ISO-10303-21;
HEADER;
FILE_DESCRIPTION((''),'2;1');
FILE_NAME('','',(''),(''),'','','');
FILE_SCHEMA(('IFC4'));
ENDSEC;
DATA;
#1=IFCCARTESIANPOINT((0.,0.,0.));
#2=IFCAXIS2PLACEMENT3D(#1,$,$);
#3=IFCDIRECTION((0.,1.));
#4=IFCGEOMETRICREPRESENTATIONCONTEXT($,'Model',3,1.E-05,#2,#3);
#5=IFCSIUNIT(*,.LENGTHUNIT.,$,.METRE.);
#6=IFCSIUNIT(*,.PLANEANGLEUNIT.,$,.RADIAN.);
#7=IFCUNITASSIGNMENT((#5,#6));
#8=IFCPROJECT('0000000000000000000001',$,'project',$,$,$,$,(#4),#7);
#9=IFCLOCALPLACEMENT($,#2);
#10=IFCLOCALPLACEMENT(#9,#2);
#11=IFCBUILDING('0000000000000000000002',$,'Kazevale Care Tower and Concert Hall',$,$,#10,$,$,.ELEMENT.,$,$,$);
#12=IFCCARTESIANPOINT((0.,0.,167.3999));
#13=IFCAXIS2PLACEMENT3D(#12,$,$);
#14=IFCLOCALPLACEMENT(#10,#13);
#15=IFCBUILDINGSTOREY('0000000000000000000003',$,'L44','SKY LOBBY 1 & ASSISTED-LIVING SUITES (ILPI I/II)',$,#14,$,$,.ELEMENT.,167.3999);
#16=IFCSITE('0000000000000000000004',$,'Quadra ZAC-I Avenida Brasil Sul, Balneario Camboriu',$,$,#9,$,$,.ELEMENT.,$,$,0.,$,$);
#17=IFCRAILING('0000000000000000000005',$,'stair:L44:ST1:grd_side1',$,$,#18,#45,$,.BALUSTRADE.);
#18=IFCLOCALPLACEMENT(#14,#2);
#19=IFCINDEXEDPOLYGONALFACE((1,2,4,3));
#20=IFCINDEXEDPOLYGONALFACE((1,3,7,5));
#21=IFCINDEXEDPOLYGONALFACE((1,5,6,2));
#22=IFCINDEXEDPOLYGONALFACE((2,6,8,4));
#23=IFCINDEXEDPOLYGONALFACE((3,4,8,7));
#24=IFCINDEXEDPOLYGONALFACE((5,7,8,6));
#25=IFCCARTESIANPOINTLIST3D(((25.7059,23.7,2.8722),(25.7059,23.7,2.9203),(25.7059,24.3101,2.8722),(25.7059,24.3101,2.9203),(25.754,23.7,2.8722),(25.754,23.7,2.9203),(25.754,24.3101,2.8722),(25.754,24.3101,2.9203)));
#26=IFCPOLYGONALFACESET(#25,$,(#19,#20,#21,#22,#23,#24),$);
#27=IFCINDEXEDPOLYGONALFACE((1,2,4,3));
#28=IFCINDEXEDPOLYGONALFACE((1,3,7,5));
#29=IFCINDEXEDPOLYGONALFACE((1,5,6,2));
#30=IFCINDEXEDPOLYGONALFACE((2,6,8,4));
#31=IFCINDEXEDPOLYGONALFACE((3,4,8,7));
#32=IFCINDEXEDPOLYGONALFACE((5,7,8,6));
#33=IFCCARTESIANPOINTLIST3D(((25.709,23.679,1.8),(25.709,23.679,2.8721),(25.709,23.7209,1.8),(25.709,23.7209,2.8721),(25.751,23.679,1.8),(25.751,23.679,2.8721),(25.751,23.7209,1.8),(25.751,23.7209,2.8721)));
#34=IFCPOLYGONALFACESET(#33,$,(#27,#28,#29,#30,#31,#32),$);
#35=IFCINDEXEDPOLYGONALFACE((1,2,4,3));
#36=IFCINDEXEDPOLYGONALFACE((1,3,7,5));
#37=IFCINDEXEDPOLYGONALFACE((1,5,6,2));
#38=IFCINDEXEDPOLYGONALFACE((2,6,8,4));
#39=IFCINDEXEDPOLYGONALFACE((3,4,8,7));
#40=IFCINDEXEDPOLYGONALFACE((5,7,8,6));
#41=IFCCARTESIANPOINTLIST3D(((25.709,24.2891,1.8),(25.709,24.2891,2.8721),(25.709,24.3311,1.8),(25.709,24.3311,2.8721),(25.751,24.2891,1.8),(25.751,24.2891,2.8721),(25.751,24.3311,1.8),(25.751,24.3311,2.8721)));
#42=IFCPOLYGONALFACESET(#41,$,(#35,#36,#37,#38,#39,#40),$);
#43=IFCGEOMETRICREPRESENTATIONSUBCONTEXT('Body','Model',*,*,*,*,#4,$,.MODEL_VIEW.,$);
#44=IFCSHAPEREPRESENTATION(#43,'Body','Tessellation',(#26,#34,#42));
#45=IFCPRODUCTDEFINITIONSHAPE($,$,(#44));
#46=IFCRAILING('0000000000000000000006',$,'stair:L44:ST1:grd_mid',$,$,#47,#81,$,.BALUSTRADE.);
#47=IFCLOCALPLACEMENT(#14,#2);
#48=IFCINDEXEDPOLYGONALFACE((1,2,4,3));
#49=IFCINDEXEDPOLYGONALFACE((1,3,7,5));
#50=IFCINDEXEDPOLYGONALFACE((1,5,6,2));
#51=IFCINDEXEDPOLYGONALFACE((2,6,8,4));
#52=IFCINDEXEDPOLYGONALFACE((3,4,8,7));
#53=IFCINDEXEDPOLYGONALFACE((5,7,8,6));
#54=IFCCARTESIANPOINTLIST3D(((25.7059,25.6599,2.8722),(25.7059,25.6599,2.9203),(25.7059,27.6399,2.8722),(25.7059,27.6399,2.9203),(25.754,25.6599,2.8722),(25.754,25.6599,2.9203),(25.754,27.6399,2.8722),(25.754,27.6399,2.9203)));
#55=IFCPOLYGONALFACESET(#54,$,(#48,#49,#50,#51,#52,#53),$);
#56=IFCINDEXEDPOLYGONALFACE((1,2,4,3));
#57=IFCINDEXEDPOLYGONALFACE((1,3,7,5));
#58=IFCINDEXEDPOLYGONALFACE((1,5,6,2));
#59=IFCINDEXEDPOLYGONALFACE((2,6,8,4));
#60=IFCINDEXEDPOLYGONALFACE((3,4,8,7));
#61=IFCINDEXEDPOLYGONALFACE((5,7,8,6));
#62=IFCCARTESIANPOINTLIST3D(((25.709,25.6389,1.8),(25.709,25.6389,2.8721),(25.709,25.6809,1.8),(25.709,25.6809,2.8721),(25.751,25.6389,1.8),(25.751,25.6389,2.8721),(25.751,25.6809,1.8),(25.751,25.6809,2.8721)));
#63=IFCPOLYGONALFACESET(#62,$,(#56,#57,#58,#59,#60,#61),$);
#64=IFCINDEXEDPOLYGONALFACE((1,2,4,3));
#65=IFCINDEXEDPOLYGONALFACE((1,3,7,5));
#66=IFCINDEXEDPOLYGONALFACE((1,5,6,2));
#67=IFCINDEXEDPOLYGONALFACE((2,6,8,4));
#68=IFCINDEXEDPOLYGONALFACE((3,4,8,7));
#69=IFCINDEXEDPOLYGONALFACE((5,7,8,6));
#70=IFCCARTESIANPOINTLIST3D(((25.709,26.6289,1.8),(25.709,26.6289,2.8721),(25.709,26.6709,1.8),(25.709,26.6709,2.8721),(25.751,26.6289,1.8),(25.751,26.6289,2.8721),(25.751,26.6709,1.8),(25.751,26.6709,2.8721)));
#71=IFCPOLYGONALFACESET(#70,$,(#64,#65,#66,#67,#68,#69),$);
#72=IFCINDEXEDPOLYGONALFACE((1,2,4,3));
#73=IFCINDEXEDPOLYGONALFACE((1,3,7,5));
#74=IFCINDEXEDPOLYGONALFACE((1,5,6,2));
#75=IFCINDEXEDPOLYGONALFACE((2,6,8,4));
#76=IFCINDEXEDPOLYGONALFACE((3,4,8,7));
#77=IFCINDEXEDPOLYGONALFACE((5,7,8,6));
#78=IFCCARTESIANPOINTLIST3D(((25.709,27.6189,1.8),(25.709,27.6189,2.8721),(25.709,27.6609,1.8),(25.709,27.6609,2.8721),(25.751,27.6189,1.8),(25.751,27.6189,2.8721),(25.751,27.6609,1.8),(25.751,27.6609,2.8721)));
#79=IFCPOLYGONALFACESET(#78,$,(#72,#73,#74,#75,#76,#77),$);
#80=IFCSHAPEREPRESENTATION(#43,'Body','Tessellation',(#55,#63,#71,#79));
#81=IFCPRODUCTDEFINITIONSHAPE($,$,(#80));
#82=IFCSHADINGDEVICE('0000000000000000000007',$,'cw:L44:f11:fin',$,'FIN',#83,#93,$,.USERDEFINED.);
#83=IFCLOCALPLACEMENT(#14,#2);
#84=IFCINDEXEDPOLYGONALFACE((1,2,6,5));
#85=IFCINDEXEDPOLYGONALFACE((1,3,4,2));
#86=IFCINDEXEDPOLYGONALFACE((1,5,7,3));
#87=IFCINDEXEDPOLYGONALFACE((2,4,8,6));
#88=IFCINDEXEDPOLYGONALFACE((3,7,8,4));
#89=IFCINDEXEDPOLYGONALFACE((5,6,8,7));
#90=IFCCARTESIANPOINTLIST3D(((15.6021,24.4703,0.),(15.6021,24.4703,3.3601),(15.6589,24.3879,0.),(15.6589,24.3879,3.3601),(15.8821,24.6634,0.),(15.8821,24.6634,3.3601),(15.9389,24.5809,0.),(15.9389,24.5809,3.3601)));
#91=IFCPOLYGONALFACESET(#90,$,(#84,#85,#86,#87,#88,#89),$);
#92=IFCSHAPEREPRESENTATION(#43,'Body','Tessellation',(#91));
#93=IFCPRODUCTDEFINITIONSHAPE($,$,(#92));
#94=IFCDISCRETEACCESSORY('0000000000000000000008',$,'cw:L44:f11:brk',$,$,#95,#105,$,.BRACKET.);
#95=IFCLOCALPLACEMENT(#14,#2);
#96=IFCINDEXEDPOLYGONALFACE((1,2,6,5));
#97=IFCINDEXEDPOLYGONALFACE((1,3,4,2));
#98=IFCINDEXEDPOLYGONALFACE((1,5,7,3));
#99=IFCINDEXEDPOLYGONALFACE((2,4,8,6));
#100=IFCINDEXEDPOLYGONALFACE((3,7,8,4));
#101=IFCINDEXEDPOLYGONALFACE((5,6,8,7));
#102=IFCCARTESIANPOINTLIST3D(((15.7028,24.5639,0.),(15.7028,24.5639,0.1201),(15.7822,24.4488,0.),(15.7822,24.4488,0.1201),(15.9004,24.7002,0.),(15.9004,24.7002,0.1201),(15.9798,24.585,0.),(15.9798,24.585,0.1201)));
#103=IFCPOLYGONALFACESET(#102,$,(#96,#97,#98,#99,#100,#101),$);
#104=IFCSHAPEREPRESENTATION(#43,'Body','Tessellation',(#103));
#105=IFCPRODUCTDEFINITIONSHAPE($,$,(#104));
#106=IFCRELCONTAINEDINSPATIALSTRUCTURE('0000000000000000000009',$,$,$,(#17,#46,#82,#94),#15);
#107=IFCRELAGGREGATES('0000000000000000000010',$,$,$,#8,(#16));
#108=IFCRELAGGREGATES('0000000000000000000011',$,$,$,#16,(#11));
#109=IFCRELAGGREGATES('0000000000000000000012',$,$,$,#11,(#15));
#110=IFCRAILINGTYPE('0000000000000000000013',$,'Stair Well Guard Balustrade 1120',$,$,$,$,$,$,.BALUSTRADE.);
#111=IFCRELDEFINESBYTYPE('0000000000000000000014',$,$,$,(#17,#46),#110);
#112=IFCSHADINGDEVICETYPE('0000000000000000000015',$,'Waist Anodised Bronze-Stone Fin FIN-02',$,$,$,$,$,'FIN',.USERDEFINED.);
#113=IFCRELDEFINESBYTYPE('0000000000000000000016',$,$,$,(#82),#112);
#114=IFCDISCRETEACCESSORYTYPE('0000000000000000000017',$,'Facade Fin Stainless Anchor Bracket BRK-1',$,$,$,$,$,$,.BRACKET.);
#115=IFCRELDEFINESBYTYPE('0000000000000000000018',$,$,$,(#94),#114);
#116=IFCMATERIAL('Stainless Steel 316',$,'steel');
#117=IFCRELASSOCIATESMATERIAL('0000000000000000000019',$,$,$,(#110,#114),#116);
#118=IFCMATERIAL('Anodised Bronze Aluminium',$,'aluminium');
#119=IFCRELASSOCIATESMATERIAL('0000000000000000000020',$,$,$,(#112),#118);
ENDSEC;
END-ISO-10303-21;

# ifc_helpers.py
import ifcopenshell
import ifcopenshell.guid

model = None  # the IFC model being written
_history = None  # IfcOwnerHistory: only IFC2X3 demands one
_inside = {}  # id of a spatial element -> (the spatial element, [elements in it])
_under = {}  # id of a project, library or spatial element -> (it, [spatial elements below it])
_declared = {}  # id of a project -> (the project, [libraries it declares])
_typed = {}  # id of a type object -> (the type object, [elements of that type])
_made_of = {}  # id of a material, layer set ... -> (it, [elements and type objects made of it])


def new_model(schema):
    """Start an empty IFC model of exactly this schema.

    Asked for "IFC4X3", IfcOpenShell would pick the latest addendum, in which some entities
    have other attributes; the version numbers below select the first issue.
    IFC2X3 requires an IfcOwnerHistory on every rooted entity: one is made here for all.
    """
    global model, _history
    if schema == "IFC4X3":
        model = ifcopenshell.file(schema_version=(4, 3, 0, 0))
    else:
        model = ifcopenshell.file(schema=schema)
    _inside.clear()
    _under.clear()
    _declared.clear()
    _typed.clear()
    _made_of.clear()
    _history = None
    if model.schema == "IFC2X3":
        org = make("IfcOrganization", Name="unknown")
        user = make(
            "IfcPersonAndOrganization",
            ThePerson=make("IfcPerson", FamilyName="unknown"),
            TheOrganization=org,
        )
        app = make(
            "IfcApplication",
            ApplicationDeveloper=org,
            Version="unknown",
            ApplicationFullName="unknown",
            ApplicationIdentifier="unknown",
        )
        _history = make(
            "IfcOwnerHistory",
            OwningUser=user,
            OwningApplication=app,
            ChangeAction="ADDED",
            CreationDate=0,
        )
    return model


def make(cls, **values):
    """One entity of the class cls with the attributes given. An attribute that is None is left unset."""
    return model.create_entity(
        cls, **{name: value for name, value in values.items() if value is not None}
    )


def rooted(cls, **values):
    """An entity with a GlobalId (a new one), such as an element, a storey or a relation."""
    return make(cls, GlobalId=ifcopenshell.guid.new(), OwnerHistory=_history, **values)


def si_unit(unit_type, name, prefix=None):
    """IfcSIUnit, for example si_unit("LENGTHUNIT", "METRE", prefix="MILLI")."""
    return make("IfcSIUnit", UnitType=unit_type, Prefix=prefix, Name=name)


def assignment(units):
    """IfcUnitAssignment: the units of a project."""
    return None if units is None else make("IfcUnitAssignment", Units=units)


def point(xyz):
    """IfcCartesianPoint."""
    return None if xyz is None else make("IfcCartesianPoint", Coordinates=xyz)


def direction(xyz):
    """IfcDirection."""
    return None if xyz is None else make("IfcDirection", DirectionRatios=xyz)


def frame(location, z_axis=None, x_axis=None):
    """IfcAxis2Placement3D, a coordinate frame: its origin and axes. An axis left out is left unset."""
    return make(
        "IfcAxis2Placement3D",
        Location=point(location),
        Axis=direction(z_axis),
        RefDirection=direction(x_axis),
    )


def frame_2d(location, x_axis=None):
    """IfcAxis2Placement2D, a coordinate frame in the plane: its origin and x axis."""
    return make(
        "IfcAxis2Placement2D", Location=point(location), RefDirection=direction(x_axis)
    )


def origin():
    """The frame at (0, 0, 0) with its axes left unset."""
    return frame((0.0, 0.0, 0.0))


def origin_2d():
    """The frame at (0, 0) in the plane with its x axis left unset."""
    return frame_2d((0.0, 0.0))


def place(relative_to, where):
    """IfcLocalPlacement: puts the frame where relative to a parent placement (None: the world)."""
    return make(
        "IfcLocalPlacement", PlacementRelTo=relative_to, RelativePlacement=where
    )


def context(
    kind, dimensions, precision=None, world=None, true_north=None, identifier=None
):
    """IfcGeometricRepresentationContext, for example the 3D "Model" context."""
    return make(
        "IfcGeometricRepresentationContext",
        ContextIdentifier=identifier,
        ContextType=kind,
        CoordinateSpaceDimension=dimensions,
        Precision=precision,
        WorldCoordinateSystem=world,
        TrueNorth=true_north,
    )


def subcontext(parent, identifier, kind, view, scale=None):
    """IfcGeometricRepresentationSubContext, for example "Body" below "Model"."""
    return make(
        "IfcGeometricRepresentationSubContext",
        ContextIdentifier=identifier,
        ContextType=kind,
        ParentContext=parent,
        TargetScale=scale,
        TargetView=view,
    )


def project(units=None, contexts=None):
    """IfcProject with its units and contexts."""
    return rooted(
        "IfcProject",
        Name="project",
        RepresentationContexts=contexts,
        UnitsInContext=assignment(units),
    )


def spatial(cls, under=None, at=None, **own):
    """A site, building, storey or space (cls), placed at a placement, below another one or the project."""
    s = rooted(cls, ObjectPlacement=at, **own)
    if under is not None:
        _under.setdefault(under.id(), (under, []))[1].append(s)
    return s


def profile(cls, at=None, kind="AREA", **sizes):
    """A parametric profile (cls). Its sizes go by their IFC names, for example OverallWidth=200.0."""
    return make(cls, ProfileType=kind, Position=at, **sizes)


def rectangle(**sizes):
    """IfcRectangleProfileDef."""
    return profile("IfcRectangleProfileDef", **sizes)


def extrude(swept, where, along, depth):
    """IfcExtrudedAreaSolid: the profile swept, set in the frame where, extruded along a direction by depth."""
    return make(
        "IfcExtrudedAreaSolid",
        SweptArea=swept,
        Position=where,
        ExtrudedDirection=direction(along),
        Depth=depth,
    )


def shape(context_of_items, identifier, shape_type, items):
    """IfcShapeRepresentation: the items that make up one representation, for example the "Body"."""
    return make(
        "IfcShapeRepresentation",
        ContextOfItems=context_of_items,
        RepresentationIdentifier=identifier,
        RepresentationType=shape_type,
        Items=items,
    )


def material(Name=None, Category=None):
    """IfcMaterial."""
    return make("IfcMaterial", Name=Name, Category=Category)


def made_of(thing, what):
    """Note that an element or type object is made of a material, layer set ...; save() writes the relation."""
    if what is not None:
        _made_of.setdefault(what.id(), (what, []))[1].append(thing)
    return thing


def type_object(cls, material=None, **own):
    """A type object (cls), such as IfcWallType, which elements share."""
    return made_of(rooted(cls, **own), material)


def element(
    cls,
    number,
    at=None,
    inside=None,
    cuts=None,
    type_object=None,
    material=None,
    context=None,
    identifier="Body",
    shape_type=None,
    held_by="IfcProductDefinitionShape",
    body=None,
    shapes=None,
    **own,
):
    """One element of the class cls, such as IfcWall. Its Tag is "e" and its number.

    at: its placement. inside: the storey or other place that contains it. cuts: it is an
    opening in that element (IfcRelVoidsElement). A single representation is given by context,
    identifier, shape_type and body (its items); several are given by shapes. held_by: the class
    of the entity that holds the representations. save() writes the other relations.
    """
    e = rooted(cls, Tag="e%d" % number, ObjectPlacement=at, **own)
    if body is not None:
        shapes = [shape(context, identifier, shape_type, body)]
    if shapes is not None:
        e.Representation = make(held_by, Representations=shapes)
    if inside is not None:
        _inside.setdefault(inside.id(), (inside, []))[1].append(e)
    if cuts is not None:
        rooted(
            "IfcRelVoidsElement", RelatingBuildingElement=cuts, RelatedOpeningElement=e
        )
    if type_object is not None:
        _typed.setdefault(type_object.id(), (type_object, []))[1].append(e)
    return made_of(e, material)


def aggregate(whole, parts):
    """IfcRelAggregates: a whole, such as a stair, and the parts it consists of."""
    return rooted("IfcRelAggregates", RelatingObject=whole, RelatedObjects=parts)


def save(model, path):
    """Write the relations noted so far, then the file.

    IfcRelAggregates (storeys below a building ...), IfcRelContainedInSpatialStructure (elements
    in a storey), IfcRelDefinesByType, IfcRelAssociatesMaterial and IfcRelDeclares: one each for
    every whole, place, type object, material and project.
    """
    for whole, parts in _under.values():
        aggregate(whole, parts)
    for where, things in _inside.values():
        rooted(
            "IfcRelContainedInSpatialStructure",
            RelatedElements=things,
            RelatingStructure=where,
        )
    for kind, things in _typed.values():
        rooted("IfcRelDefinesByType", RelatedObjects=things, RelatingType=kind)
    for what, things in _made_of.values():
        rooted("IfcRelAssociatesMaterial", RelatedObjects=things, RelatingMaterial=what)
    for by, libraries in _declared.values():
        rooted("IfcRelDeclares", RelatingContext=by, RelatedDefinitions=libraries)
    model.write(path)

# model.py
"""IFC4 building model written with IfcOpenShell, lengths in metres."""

from ifc_helpers import new_model, si_unit, direction, frame, origin, origin_2d, place, context, subcontext, project, spatial, rectangle, extrude, material, type_object, element, save


model = new_model("IFC4")

# Units and contexts
model_context = context("Model", 3, precision=1e-05, world=origin(), true_north=direction((0.0, 1.0)))
body_context = subcontext(model_context, "Body", "Model", "MODEL_VIEW")
ifc_project = project(units=[si_unit("LENGTHUNIT", "METRE"), si_unit("PLANEANGLEUNIT", "RADIAN")], contexts=[model_context])

# Site, building, storey
site_placement = place(None, origin())
site = spatial("IfcSite", under=ifc_project, at=site_placement, Name="Quadra ZAC-I Avenida Brasil Sul, Balneario Camboriu", CompositionType="ELEMENT", RefElevation=0.0)
building_placement = place(site_placement, origin())
building = spatial("IfcBuilding", under=site, at=building_placement, Name="Kazevale Care Tower and Concert Hall", CompositionType="ELEMENT")
storey_placement = place(building_placement, frame((0.0, 0.0, 167.3999)))
storey = spatial("IfcBuildingStorey", under=building, at=storey_placement, Name="L44", Description="SKY LOBBY 1 & ASSISTED-LIVING SUITES (ILPI I/II)", CompositionType="ELEMENT", Elevation=167.3999)

# Railings
ifc_material_1 = material(Name="Stainless Steel 316", Category="steel")
railing_type_1 = type_object("IfcRailingType", Name="Stair Well Guard Balustrade 1120", PredefinedType="BALUSTRADE", material=ifc_material_1)
railing_1_placement = place(storey_placement, frame((25.73, 23.7, 1.8)))
element("IfcRailing", 1, at=railing_1_placement, inside=storey, type_object=railing_type_1, Name="stair:L44:ST1:grd_side1", PredefinedType="BALUSTRADE", context=body_context, shape_type="SweptSolid", body=[
    extrude(rectangle(XDim=0.0481, YDim=0.0481, at=origin_2d()), frame((0.0, 0.0, 1.0962), z_axis=(0.0, 1.0, 0.0), x_axis=(-1.0, 0.0, 0.0)), (0.0, 0.0, 1.0), 0.6101),
    extrude(rectangle(XDim=0.042, YDim=0.042, at=origin_2d()), origin(), (0.0, 0.0, 1.0), 1.072),
    extrude(rectangle(XDim=0.042, YDim=0.042, at=origin_2d()), frame((0.0, 0.6101, 0.0)), (0.0, 0.0, 1.0), 1.072),
])
railing_2_placement = place(storey_placement, frame((25.73, 25.6599, 1.8)))
element("IfcRailing", 2, at=railing_2_placement, inside=storey, type_object=railing_type_1, Name="stair:L44:ST1:grd_mid", PredefinedType="BALUSTRADE", context=body_context, shape_type="SweptSolid", body=[
    extrude(rectangle(XDim=0.0481, YDim=0.0481, at=origin_2d()), frame((0.0, 0.0, 1.0962), z_axis=(0.0, 1.0, 0.0), x_axis=(-1.0, 0.0, 0.0)), (0.0, 0.0, 1.0), 1.98),
    extrude(rectangle(XDim=0.042, YDim=0.042, at=origin_2d()), origin(), (0.0, 0.0, 1.0), 1.072),
    extrude(rectangle(XDim=0.042, YDim=0.042, at=origin_2d()), frame((0.0, 0.99, 0.0)), (0.0, 0.0, 1.0), 1.072),
    extrude(rectangle(XDim=0.042, YDim=0.042, at=origin_2d()), frame((0.0, 1.98, 0.0)), (0.0, 0.0, 1.0), 1.072),
])

# Shading device
ifc_material_2 = material(Name="Anodised Bronze Aluminium", Category="aluminium")
shading_device_type = type_object("IfcShadingDeviceType", Name="Waist Anodised Bronze-Stone Fin FIN-02", ElementType="FIN", PredefinedType="USERDEFINED", material=ifc_material_2)
shading_device_placement = place(storey_placement, frame((15.7705, 24.5256, 0.0), z_axis=(0.0, 0.0, 1.0), x_axis=(-0.823335, -0.567556, 0.0)))
element("IfcShadingDevice", 3, at=shading_device_placement, inside=storey, type_object=shading_device_type, Name="cw:L44:f11:fin", ObjectType="FIN", PredefinedType="USERDEFINED", context=body_context, shape_type="SweptSolid", body=[
    extrude(rectangle(XDim=0.3401, YDim=0.1001, at=origin_2d()), origin(), (0.0, 0.0, 1.0), 3.3601),
])

# Discrete accessory
discrete_accessory_type = type_object("IfcDiscreteAccessoryType", Name="Facade Fin Stainless Anchor Bracket BRK-1", PredefinedType="BRACKET", material=ifc_material_1)
discrete_accessory_placement = place(storey_placement, frame((15.8413, 24.5745, 0.0), z_axis=(0.0, 0.0, 1.0), x_axis=(-0.823335, -0.567556, 0.0)))
element("IfcDiscreteAccessory", 4, at=discrete_accessory_placement, inside=storey, type_object=discrete_accessory_type, Name="cw:L44:f11:brk", PredefinedType="BRACKET", context=body_context, shape_type="SweptSolid", body=[
    extrude(rectangle(XDim=0.24, YDim=0.1399, at=origin_2d()), origin(), (0.0, 0.0, 1.0), 0.1201),
])

save(model, "model.ifc")
